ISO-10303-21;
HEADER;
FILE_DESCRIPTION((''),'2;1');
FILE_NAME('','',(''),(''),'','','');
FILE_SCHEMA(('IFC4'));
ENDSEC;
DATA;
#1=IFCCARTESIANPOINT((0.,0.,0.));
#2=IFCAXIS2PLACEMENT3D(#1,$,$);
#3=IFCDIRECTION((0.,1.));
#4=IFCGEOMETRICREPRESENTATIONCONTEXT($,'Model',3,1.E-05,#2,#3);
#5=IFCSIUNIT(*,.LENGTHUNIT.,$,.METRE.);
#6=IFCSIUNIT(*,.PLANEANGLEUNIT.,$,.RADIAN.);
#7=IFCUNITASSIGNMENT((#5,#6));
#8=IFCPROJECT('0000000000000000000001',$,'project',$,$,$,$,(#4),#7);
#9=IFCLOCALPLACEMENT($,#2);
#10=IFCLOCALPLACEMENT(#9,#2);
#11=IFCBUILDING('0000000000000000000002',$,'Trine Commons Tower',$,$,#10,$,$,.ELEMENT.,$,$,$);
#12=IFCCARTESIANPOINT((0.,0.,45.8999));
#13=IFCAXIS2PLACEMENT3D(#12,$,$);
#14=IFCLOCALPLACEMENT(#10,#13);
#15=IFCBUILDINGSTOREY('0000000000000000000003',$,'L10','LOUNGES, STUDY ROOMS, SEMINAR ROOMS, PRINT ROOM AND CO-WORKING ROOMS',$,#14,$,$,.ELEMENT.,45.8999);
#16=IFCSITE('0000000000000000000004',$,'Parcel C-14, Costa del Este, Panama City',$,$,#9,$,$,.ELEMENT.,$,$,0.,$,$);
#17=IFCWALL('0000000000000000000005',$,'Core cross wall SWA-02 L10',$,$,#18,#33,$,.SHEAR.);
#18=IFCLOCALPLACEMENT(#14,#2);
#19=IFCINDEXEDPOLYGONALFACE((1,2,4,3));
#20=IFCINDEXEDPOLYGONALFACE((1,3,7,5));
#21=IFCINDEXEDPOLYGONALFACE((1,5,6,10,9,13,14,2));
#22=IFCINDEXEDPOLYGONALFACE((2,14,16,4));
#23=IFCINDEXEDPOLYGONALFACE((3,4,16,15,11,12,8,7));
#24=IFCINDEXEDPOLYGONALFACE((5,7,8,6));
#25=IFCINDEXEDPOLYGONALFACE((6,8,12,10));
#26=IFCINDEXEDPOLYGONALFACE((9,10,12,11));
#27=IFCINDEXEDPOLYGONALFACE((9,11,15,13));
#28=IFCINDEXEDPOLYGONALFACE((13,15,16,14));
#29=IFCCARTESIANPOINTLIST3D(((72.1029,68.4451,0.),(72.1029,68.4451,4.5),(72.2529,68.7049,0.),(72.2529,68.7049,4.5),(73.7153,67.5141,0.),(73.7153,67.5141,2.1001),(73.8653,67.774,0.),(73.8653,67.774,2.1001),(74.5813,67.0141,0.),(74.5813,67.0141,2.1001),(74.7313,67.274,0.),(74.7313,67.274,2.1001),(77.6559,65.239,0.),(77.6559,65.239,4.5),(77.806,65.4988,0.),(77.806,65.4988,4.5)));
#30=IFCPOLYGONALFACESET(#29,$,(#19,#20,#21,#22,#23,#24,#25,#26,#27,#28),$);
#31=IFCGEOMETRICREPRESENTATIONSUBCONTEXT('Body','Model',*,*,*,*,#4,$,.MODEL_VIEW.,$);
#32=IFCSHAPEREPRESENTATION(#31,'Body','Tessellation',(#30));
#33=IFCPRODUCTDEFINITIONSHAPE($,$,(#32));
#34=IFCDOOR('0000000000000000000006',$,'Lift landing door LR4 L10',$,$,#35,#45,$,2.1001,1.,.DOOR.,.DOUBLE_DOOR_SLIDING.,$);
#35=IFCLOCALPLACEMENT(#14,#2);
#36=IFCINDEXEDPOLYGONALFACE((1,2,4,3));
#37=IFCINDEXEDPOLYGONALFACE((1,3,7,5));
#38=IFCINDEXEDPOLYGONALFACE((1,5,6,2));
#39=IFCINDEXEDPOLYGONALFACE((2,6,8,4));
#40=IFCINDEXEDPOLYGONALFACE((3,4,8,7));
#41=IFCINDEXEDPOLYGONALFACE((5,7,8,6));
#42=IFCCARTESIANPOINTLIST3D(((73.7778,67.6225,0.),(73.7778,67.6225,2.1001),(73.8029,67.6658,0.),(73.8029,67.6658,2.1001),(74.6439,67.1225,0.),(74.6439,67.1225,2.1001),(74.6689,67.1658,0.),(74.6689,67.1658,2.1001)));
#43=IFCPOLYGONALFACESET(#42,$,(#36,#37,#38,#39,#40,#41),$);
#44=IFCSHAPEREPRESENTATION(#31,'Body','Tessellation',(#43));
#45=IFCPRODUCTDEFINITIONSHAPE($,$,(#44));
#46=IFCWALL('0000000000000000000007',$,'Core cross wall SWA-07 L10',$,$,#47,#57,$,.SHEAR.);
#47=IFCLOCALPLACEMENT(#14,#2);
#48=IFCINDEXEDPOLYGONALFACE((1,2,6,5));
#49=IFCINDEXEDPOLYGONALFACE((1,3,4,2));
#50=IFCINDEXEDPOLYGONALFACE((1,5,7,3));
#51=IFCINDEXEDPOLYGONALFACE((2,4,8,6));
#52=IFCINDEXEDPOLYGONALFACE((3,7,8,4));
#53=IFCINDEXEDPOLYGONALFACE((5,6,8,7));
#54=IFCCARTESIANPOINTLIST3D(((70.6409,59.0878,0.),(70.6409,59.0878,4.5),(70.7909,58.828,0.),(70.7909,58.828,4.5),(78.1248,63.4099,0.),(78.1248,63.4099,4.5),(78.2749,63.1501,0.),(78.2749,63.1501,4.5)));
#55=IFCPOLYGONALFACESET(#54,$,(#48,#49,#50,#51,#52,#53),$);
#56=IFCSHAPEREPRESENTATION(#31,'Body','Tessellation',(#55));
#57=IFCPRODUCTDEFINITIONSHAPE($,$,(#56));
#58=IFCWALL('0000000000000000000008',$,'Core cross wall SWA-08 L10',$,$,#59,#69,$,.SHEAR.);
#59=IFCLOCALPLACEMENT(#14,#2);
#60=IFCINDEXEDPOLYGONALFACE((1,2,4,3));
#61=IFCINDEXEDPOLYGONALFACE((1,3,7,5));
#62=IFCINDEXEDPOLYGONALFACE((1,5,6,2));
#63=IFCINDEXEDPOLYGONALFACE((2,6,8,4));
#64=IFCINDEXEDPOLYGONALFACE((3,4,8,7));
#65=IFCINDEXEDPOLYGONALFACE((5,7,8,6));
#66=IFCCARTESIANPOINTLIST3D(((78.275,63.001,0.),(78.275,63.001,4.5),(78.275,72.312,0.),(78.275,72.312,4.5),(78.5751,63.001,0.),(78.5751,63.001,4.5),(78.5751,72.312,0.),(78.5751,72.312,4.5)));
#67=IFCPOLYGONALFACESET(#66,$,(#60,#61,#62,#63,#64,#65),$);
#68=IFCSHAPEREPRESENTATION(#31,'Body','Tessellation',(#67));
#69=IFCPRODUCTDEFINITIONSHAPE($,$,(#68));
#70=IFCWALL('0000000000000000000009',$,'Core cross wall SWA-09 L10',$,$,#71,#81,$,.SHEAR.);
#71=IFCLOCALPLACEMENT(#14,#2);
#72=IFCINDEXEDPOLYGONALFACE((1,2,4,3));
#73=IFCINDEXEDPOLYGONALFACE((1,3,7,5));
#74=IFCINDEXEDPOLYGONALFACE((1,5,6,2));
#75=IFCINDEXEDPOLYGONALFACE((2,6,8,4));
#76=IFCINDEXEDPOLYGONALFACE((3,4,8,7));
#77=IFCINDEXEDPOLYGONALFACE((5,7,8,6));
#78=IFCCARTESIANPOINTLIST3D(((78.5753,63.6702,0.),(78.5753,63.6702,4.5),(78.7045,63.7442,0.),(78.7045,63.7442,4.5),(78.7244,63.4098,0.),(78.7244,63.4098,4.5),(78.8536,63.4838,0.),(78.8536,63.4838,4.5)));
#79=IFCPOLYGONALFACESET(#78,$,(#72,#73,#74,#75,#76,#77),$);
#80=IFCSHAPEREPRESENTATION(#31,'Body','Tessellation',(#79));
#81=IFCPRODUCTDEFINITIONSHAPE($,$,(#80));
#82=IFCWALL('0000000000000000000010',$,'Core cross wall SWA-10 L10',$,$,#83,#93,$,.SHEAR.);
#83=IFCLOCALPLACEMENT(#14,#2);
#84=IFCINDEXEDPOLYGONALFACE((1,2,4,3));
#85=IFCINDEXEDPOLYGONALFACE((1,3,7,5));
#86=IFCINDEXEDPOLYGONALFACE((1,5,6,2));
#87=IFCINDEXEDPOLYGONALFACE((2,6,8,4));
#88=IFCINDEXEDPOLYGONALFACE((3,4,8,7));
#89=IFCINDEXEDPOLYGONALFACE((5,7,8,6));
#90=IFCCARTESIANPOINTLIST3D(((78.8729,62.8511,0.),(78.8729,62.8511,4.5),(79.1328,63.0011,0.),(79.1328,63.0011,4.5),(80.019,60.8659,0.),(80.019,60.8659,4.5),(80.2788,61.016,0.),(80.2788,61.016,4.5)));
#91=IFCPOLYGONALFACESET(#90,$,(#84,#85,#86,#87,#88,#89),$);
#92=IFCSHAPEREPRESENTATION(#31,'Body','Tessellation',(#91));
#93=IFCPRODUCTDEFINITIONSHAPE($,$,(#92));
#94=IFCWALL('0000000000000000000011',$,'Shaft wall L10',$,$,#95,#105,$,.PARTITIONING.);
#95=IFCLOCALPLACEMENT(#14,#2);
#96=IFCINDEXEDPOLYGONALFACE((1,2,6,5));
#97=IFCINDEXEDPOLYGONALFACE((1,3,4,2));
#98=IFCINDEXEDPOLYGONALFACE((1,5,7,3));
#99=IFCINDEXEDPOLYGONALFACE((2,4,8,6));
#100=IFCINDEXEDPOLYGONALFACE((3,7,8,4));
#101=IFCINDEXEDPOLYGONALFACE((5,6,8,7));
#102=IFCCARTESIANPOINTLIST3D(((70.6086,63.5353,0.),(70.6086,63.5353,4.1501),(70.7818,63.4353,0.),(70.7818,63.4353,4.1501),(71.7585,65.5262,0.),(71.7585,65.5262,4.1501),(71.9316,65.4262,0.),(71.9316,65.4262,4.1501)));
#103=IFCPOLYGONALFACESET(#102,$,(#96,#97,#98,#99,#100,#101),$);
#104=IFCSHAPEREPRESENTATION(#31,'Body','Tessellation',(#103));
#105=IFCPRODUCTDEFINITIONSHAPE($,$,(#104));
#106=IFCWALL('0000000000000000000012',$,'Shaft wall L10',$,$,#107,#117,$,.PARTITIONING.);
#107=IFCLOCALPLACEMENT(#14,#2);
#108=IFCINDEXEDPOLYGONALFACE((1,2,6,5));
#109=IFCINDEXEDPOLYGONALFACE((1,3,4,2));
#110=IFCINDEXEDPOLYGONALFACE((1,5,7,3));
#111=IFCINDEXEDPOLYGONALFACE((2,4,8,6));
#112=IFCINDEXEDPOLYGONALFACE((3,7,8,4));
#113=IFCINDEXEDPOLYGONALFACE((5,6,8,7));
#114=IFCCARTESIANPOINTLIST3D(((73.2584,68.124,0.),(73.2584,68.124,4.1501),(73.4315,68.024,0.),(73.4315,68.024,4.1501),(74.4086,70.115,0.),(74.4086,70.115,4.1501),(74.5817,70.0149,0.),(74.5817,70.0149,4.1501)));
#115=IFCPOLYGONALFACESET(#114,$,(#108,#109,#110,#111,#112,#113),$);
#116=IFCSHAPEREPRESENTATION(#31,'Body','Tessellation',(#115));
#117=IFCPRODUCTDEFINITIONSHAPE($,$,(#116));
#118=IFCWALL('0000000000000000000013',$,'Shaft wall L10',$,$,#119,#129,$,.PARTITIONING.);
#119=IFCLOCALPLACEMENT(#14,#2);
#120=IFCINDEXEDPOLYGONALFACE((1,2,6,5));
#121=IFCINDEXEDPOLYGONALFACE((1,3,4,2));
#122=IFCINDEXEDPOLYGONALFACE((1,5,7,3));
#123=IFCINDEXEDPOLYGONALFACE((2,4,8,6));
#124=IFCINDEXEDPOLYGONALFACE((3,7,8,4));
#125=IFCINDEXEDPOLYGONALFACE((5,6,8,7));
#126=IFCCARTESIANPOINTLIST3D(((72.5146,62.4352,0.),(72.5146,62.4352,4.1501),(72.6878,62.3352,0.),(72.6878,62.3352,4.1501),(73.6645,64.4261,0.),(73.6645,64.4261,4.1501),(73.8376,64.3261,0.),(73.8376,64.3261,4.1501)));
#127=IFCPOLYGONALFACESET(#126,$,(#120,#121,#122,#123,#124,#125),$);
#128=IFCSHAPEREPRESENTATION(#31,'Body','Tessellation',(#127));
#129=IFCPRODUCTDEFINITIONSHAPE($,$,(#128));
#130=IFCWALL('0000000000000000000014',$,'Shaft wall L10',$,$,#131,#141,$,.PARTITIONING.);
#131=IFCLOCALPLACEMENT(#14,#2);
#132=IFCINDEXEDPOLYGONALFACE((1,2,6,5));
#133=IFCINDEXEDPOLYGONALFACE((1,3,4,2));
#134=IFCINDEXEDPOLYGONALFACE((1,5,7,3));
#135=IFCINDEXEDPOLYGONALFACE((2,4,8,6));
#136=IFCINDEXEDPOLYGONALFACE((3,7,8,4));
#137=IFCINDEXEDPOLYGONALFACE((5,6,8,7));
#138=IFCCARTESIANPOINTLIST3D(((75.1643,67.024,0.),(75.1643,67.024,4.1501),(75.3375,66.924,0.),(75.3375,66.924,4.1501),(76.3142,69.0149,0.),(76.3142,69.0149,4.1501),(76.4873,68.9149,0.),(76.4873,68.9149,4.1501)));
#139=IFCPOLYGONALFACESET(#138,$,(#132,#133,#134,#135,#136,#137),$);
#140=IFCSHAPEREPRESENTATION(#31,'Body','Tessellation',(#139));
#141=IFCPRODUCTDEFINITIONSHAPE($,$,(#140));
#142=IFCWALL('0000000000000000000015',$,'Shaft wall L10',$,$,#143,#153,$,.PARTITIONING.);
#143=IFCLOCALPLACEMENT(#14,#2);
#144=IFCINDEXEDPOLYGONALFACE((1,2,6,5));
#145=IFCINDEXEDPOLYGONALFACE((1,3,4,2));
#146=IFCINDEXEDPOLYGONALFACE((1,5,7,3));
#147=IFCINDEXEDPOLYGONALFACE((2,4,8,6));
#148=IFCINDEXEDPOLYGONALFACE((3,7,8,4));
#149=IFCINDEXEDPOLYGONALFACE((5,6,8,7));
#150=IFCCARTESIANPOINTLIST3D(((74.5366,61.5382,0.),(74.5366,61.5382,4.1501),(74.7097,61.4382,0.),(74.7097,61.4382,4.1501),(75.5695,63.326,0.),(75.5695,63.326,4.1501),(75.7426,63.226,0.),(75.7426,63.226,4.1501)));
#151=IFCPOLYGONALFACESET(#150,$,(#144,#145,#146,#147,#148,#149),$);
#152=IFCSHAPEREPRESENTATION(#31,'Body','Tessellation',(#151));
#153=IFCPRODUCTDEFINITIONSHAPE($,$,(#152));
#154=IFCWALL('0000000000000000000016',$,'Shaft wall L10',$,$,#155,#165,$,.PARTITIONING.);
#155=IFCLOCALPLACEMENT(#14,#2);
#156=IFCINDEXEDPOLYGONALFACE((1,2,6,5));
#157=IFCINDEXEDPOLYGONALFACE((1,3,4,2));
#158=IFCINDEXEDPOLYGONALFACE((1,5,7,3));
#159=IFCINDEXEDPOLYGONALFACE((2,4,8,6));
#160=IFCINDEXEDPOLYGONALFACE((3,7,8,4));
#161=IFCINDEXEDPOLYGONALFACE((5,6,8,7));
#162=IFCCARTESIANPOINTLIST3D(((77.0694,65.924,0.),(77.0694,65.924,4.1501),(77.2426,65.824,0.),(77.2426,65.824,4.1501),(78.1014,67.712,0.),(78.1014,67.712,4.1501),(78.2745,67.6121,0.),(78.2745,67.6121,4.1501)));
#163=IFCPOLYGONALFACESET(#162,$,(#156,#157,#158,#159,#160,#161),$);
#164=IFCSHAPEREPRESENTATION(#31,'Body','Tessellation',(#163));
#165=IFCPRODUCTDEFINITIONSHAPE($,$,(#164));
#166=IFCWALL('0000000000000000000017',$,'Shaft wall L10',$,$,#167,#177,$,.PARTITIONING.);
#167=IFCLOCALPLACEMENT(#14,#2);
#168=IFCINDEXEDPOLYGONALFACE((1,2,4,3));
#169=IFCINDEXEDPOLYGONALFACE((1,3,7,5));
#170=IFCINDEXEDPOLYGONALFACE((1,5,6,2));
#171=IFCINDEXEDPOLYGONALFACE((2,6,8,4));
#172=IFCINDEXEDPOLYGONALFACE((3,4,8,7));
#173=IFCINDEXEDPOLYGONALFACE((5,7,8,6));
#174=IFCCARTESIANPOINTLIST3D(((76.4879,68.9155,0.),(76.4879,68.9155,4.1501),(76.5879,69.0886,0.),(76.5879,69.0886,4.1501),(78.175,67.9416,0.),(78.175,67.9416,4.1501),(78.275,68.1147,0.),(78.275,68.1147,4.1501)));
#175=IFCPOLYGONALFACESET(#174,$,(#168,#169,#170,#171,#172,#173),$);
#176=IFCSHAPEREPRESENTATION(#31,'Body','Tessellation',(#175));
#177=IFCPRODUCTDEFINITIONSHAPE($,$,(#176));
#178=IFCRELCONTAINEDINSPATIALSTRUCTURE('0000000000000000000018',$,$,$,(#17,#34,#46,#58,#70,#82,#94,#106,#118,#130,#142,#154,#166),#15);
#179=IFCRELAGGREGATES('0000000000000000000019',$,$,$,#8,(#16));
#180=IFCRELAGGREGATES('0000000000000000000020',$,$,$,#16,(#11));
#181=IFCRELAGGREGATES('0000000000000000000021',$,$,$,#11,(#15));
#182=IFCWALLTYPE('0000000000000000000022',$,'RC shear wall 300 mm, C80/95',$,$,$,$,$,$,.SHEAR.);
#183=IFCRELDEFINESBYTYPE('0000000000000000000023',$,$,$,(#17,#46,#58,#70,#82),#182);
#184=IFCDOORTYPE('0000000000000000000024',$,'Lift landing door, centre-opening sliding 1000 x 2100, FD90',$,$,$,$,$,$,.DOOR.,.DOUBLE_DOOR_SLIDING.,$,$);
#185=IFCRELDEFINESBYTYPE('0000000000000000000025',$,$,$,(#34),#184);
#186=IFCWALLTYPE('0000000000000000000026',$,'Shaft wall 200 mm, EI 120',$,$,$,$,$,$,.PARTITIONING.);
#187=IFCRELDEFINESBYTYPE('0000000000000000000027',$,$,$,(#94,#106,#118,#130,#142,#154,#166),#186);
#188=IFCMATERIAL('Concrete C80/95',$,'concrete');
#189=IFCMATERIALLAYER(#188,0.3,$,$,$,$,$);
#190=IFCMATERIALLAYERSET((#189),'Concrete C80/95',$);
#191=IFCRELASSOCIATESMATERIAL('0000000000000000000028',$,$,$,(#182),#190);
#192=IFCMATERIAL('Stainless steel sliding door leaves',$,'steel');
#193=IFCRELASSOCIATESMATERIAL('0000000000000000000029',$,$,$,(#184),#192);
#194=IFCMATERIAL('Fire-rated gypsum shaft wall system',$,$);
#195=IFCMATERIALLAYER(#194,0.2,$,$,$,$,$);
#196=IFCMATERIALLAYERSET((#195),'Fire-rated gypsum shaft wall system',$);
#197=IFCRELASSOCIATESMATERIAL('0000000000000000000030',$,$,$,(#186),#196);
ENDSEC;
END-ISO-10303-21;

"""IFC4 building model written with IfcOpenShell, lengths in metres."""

from ifc_helpers import new_model, si_unit, direction, frame, frame_2d, origin, place, context, subcontext, project, spatial, rectangle, extrude, material, layer, layer_set, type_object, element, fill, save


model = new_model("IFC4")

# Units and contexts
model_context = context("Model", 3, precision=1e-05, world=origin(), true_north=direction((0.0, 1.0)))
body_context = subcontext(model_context, "Body", "Model", "MODEL_VIEW")
ifc_project = project(units=[si_unit("LENGTHUNIT", "METRE"), si_unit("PLANEANGLEUNIT", "RADIAN")], contexts=[model_context])

# Site, building, storey
site_placement = place(None, origin())
site = spatial("IfcSite", under=ifc_project, at=site_placement, Name="Parcel C-14, Costa del Este, Panama City", CompositionType="ELEMENT", RefElevation=0.0)
building_placement = place(site_placement, origin())
building = spatial("IfcBuilding", under=site, at=building_placement, Name="Trine Commons Tower", CompositionType="ELEMENT")
storey_placement = place(building_placement, frame((0.0, 0.0, 45.8999)))
storey = spatial("IfcBuildingStorey", under=building, at=storey_placement, Name="L10", Description="LOUNGES, STUDY ROOMS, SEMINAR ROOMS, PRINT ROOM AND CO-WORKING ROOMS", CompositionType="ELEMENT", Elevation=45.8999)

# Wall, opening, door
ifc_material_1 = material(Name="Fire-rated gypsum shaft wall system")
ifc_material_2 = material(Name="Concrete C80/95", Category="concrete")
ifc_layer_1 = layer(ifc_material_2, 0.3)
ifc_layer_set_1 = layer_set([ifc_layer_1], Name="Concrete C80/95")
wall_type_1 = type_object("IfcWallType", Name="RC shear wall 300 mm, C80/95", PredefinedType="SHEAR", material=ifc_layer_set_1)
ifc_material_3 = material(Name="Stainless steel sliding door leaves", Category="steel")
door_type_1 = type_object("IfcDoorType", Name="Lift landing door, centre-opening sliding 1000 x 2100, FD90", OperationType="DOUBLE_DOOR_SLIDING", PredefinedType="DOOR", material=ifc_material_3)
wall_1_placement = place(storey_placement, frame((77.731, 65.3689, 0.0), z_axis=(0.0, 0.0, 1.0), x_axis=(-0.866023, 0.500005, 0.0)))
wall_1 = element("IfcWall", 1, at=wall_1_placement, inside=storey, type_object=wall_type_1, Name="Core cross wall SWA-02 L10", PredefinedType="SHEAR", context=body_context, shape_type="SweptSolid", body=[
    extrude(rectangle(XDim=6.4121, YDim=0.3, at=frame_2d((3.2061, 0.0))), origin(), (0.0, 0.0, 1.0), 4.5),
])
opening_1_placement = place(wall_1_placement, frame((3.5503, 0.0, 0.0)))
opening_1 = element("IfcOpeningElement", 2, at=opening_1_placement, cuts=wall_1, PredefinedType="OPENING", context=body_context, shape_type="SweptSolid", body=[
    extrude(rectangle(XDim=1.0, YDim=2.1001, at=frame_2d((0.5, 1.05))), frame((0.0, 0.1599, 0.0), z_axis=(0.0, -1.0, 0.0), x_axis=(1.0, 0.0, 0.0)), (0.0, 0.0, 1.0), 0.3201),
])
door_1_placement = place(opening_1_placement, origin())
door_1 = element("IfcDoor", 3, at=door_1_placement, inside=storey, type_object=door_type_1, Name="Lift landing door LR4 L10", OperationType="DOUBLE_DOOR_SLIDING", OverallHeight=2.1001, OverallWidth=1.0, PredefinedType="DOOR", context=body_context, shape_type="SweptSolid", body=[
    extrude(rectangle(XDim=1.0, YDim=2.1001, at=frame_2d((0.5, 1.05))), frame((0.0, 0.0249, 0.0), z_axis=(0.0, -1.0, 0.0), x_axis=(1.0, 0.0, 0.0)), (0.0, 0.0, 1.0), 0.05),
])
fill(opening_1, door_1)

# Walls
wall_2_placement = place(storey_placement, frame((78.2, 63.28, 0.0), z_axis=(0.0, 0.0, 1.0), x_axis=(-0.865965, -0.500104, 0.0)))
element("IfcWall", 4, at=wall_2_placement, inside=storey, type_object=wall_type_1, Name="Core cross wall SWA-07 L10", PredefinedType="SHEAR", context=body_context, shape_type="SweptSolid", body=[
    extrude(rectangle(XDim=8.6423, YDim=0.3, at=frame_2d((4.3213, 0.0))), origin(), (0.0, 0.0, 1.0), 4.5),
])
wall_3_placement = place(storey_placement, frame((78.425, 63.001, 0.0), z_axis=(0.0, 0.0, 1.0), x_axis=(0.0, 1.0, 0.0)))
element("IfcWall", 5, at=wall_3_placement, inside=storey, type_object=wall_type_1, Name="Core cross wall SWA-08 L10", PredefinedType="SHEAR", context=body_context, shape_type="SweptSolid", body=[
    extrude(rectangle(XDim=9.311, YDim=0.3, at=frame_2d((4.6555, 0.0))), origin(), (0.0, 0.0, 1.0), 4.5),
])
wall_4_placement = place(storey_placement, frame((78.7791, 63.614, 0.0), z_axis=(0.0, 0.0, 1.0), x_axis=(-0.867738, -0.497022, 0.0)))
element("IfcWall", 6, at=wall_4_placement, inside=storey, type_object=wall_type_1, Name="Core cross wall SWA-09 L10", PredefinedType="SHEAR", context=body_context, shape_type="SweptSolid", body=[
    extrude(rectangle(XDim=0.1489, YDim=0.3, at=frame_2d((0.0745, 0.0))), origin(), (0.0, 0.0, 1.0), 4.5),
])
wall_5_placement = place(storey_placement, frame((79.0029, 62.926, 0.0), z_axis=(0.0, 0.0, 1.0), x_axis=(0.499965, -0.866045, 0.0)))
element("IfcWall", 7, at=wall_5_placement, inside=storey, type_object=wall_type_1, Name="Core cross wall SWA-10 L10", PredefinedType="SHEAR", context=body_context, shape_type="SweptSolid", body=[
    extrude(rectangle(XDim=2.2922, YDim=0.3, at=frame_2d((1.146, 0.0))), origin(), (0.0, 0.0, 1.0), 4.5),
])
ifc_layer_2 = layer(ifc_material_1, 0.2)
ifc_layer_set_2 = layer_set([ifc_layer_2], Name="Fire-rated gypsum shaft wall system")
wall_type_2 = type_object("IfcWallType", Name="Shaft wall 200 mm, EI 120", PredefinedType="PARTITIONING", material=ifc_layer_set_2)
wall_6_placement = place(storey_placement, frame((71.845, 65.4761, 0.0), z_axis=(0.0, 0.0, 1.0), x_axis=(-0.500136, -0.865947, 0.0)))
element("IfcWall", 8, at=wall_6_placement, inside=storey, type_object=wall_type_2, Name="Shaft wall L10", PredefinedType="PARTITIONING", context=body_context, shape_type="SweptSolid", body=[
    extrude(rectangle(XDim=2.2991, YDim=0.2, at=frame_2d((1.1494, 0.0))), origin(), (0.0, 0.0, 1.0), 4.1501),
])
wall_7_placement = place(storey_placement, frame((73.345, 68.074, 0.0), z_axis=(0.0, 0.0, 1.0), x_axis=(0.500216, 0.865901, 0.0)))
element("IfcWall", 9, at=wall_7_placement, inside=storey, type_object=wall_type_2, Name="Shaft wall L10", PredefinedType="PARTITIONING", context=body_context, shape_type="SweptSolid", body=[
    extrude(rectangle(XDim=2.2993, YDim=0.2, at=frame_2d((1.1497, 0.0))), origin(), (0.0, 0.0, 1.0), 4.1501),
])
for number, where, z_axis, x_axis, name in (
    (10, (73.751, 64.376, 0.0), (0.0, 0.0, 1.0), (-0.500136, -0.865947, 0.0), "Shaft wall L10"),
    (11, (75.251, 66.9741, 0.0), (0.0, 0.0, 1.0), (0.500136, 0.865947, 0.0), "Shaft wall L10"),
):
    element("IfcWall", number, at=place(storey_placement, frame(where, z_axis=z_axis, x_axis=x_axis)), inside=storey, type_object=wall_type_2, Name=name, PredefinedType="PARTITIONING", context=body_context, shape_type="SweptSolid", body=[
        extrude(rectangle(XDim=2.2991, YDim=0.2, at=frame_2d((1.1494, 0.0))), origin(), (0.0, 0.0, 1.0), 4.1501),
    ])
wall_8_placement = place(storey_placement, frame((75.656, 63.2759, 0.0), z_axis=(0.0, 0.0, 1.0), x_axis=(-0.500272, -0.865868, 0.0)))
element("IfcWall", 12, at=wall_8_placement, inside=storey, type_object=wall_type_2, Name="Shaft wall L10", PredefinedType="PARTITIONING", context=body_context, shape_type="SweptSolid", body=[
    extrude(rectangle(XDim=2.0647, YDim=0.2, at=frame_2d((1.0322, 0.0))), origin(), (0.0, 0.0, 1.0), 4.1501),
])
wall_9_placement = place(storey_placement, frame((77.156, 65.874, 0.0), z_axis=(0.0, 0.0, 1.0), x_axis=(0.499866, 0.866103, 0.0)))
element("IfcWall", 13, at=wall_9_placement, inside=storey, type_object=wall_type_2, Name="Shaft wall L10", PredefinedType="PARTITIONING", context=body_context, shape_type="SweptSolid", body=[
    extrude(rectangle(XDim=2.0645, YDim=0.2, at=frame_2d((1.0322, 0.0))), origin(), (0.0, 0.0, 1.0), 4.1501),
])
wall_10_placement = place(storey_placement, frame((78.2251, 68.0281, 0.0), z_axis=(0.0, 0.0, 1.0), x_axis=(-0.866052, 0.499954, 0.0)))
element("IfcWall", 14, at=wall_10_placement, inside=storey, type_object=wall_type_2, Name="Shaft wall L10", PredefinedType="PARTITIONING", context=body_context, shape_type="SweptSolid", body=[
    extrude(rectangle(XDim=1.948, YDim=0.2, at=frame_2d((0.9741, 0.0))), origin(), (0.0, 0.0, 1.0), 4.1501),
])

save(model, "model.ifc")
